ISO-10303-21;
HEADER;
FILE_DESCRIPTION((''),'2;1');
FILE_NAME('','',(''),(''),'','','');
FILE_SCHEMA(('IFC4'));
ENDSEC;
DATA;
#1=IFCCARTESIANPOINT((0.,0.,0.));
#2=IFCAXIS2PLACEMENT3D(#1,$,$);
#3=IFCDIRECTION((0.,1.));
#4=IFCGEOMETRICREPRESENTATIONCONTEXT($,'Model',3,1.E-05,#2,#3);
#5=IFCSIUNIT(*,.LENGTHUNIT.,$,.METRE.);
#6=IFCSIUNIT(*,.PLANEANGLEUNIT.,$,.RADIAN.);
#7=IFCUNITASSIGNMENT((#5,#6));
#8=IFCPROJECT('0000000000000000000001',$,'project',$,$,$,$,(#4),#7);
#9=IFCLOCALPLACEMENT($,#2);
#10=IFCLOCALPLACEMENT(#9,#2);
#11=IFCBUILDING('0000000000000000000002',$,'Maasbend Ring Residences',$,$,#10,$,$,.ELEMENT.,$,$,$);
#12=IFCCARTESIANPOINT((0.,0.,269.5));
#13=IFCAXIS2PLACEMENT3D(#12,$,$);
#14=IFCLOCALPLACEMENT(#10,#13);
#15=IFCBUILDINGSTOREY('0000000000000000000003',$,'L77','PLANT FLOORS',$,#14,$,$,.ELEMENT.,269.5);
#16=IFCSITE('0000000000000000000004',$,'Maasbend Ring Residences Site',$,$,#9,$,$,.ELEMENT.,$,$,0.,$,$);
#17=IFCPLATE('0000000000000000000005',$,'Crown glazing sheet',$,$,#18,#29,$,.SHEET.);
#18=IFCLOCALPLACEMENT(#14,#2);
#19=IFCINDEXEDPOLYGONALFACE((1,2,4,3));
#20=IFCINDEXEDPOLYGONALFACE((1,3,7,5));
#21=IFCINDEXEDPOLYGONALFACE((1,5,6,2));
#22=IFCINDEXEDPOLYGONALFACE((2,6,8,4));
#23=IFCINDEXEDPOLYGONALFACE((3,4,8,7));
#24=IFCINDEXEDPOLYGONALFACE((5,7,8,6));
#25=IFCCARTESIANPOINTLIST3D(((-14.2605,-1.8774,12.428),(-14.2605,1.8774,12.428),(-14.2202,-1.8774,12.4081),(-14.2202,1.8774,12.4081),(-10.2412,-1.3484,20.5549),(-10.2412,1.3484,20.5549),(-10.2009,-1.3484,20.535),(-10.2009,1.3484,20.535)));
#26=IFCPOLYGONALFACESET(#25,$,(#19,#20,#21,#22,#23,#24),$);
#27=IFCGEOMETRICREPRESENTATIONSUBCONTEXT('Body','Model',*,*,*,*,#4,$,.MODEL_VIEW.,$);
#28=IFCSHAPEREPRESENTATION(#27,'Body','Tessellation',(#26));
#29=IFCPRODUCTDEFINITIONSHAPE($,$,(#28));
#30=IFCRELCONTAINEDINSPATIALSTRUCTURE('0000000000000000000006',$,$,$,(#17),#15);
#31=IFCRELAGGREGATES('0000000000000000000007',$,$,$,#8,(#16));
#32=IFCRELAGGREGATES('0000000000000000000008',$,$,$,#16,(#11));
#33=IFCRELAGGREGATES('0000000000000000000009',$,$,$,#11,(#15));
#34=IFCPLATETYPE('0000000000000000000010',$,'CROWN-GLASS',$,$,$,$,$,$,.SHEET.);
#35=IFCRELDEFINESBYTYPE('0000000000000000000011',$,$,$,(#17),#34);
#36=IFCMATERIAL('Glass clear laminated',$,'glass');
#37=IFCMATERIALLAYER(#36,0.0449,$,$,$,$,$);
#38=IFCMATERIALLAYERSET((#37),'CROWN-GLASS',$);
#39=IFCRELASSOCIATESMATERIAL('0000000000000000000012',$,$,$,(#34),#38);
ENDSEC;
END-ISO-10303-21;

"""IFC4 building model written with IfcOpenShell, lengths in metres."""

from ifc_helpers import new_model, si_unit, direction, frame, origin, place, context, subcontext, project, spatial, polyline, outline, extrude, material, layer, layer_set, type_object, element, save


model = new_model("IFC4")

# Units and contexts
model_context = context("Model", 3, precision=1e-05, world=origin(), true_north=direction((0.0, 1.0)))
body_context = subcontext(model_context, "Body", "Model", "MODEL_VIEW")
ifc_project = project(units=[si_unit("LENGTHUNIT", "METRE"), si_unit("PLANEANGLEUNIT", "RADIAN")], contexts=[model_context])

# Site, building, storey
site_placement = place(None, origin())
site = spatial("IfcSite", under=ifc_project, at=site_placement, Name="Maasbend Ring Residences Site", CompositionType="ELEMENT", RefElevation=0.0)
building_placement = place(site_placement, origin())
building = spatial("IfcBuilding", under=site, at=building_placement, Name="Maasbend Ring Residences", CompositionType="ELEMENT")
storey_placement = place(building_placement, frame((0.0, 0.0, 269.5)))
storey = spatial("IfcBuildingStorey", under=building, at=storey_placement, Name="L77", Description="PLANT FLOORS", CompositionType="ELEMENT", Elevation=269.5)

# Plate
ifc_material_1 = material(Name="Glass clear laminated", Category="glass")
ifc_layer = layer(ifc_material_1, 0.0449)
ifc_layer_set = layer_set([ifc_layer], Name="CROWN-GLASS")
plate_type = type_object("IfcPlateType", Name="CROWN-GLASS", PredefinedType="SHEET", material=ifc_layer_set)
plate_1_placement = place(storey_placement, frame((-14.2605, 1.8774, 12.428), z_axis=(-0.896368, 0.0, 0.44331), x_axis=(0.0, -1.0, 0.0)))
element("IfcPlate", 1, at=plate_1_placement, inside=storey, type_object=plate_type, Name="Crown glazing sheet", PredefinedType="SHEET", context=body_context, shape_type="SweptSolid", body=[
    extrude(outline(polyline([(0.0, 0.0), (3.7549, 0.0), (3.2258, 9.0665), (0.5291, 9.0665), (0.0, 0.0)])), origin(), (0.0, 0.0, -1.0), 0.0449),
])

save(model, "model.ifc")
